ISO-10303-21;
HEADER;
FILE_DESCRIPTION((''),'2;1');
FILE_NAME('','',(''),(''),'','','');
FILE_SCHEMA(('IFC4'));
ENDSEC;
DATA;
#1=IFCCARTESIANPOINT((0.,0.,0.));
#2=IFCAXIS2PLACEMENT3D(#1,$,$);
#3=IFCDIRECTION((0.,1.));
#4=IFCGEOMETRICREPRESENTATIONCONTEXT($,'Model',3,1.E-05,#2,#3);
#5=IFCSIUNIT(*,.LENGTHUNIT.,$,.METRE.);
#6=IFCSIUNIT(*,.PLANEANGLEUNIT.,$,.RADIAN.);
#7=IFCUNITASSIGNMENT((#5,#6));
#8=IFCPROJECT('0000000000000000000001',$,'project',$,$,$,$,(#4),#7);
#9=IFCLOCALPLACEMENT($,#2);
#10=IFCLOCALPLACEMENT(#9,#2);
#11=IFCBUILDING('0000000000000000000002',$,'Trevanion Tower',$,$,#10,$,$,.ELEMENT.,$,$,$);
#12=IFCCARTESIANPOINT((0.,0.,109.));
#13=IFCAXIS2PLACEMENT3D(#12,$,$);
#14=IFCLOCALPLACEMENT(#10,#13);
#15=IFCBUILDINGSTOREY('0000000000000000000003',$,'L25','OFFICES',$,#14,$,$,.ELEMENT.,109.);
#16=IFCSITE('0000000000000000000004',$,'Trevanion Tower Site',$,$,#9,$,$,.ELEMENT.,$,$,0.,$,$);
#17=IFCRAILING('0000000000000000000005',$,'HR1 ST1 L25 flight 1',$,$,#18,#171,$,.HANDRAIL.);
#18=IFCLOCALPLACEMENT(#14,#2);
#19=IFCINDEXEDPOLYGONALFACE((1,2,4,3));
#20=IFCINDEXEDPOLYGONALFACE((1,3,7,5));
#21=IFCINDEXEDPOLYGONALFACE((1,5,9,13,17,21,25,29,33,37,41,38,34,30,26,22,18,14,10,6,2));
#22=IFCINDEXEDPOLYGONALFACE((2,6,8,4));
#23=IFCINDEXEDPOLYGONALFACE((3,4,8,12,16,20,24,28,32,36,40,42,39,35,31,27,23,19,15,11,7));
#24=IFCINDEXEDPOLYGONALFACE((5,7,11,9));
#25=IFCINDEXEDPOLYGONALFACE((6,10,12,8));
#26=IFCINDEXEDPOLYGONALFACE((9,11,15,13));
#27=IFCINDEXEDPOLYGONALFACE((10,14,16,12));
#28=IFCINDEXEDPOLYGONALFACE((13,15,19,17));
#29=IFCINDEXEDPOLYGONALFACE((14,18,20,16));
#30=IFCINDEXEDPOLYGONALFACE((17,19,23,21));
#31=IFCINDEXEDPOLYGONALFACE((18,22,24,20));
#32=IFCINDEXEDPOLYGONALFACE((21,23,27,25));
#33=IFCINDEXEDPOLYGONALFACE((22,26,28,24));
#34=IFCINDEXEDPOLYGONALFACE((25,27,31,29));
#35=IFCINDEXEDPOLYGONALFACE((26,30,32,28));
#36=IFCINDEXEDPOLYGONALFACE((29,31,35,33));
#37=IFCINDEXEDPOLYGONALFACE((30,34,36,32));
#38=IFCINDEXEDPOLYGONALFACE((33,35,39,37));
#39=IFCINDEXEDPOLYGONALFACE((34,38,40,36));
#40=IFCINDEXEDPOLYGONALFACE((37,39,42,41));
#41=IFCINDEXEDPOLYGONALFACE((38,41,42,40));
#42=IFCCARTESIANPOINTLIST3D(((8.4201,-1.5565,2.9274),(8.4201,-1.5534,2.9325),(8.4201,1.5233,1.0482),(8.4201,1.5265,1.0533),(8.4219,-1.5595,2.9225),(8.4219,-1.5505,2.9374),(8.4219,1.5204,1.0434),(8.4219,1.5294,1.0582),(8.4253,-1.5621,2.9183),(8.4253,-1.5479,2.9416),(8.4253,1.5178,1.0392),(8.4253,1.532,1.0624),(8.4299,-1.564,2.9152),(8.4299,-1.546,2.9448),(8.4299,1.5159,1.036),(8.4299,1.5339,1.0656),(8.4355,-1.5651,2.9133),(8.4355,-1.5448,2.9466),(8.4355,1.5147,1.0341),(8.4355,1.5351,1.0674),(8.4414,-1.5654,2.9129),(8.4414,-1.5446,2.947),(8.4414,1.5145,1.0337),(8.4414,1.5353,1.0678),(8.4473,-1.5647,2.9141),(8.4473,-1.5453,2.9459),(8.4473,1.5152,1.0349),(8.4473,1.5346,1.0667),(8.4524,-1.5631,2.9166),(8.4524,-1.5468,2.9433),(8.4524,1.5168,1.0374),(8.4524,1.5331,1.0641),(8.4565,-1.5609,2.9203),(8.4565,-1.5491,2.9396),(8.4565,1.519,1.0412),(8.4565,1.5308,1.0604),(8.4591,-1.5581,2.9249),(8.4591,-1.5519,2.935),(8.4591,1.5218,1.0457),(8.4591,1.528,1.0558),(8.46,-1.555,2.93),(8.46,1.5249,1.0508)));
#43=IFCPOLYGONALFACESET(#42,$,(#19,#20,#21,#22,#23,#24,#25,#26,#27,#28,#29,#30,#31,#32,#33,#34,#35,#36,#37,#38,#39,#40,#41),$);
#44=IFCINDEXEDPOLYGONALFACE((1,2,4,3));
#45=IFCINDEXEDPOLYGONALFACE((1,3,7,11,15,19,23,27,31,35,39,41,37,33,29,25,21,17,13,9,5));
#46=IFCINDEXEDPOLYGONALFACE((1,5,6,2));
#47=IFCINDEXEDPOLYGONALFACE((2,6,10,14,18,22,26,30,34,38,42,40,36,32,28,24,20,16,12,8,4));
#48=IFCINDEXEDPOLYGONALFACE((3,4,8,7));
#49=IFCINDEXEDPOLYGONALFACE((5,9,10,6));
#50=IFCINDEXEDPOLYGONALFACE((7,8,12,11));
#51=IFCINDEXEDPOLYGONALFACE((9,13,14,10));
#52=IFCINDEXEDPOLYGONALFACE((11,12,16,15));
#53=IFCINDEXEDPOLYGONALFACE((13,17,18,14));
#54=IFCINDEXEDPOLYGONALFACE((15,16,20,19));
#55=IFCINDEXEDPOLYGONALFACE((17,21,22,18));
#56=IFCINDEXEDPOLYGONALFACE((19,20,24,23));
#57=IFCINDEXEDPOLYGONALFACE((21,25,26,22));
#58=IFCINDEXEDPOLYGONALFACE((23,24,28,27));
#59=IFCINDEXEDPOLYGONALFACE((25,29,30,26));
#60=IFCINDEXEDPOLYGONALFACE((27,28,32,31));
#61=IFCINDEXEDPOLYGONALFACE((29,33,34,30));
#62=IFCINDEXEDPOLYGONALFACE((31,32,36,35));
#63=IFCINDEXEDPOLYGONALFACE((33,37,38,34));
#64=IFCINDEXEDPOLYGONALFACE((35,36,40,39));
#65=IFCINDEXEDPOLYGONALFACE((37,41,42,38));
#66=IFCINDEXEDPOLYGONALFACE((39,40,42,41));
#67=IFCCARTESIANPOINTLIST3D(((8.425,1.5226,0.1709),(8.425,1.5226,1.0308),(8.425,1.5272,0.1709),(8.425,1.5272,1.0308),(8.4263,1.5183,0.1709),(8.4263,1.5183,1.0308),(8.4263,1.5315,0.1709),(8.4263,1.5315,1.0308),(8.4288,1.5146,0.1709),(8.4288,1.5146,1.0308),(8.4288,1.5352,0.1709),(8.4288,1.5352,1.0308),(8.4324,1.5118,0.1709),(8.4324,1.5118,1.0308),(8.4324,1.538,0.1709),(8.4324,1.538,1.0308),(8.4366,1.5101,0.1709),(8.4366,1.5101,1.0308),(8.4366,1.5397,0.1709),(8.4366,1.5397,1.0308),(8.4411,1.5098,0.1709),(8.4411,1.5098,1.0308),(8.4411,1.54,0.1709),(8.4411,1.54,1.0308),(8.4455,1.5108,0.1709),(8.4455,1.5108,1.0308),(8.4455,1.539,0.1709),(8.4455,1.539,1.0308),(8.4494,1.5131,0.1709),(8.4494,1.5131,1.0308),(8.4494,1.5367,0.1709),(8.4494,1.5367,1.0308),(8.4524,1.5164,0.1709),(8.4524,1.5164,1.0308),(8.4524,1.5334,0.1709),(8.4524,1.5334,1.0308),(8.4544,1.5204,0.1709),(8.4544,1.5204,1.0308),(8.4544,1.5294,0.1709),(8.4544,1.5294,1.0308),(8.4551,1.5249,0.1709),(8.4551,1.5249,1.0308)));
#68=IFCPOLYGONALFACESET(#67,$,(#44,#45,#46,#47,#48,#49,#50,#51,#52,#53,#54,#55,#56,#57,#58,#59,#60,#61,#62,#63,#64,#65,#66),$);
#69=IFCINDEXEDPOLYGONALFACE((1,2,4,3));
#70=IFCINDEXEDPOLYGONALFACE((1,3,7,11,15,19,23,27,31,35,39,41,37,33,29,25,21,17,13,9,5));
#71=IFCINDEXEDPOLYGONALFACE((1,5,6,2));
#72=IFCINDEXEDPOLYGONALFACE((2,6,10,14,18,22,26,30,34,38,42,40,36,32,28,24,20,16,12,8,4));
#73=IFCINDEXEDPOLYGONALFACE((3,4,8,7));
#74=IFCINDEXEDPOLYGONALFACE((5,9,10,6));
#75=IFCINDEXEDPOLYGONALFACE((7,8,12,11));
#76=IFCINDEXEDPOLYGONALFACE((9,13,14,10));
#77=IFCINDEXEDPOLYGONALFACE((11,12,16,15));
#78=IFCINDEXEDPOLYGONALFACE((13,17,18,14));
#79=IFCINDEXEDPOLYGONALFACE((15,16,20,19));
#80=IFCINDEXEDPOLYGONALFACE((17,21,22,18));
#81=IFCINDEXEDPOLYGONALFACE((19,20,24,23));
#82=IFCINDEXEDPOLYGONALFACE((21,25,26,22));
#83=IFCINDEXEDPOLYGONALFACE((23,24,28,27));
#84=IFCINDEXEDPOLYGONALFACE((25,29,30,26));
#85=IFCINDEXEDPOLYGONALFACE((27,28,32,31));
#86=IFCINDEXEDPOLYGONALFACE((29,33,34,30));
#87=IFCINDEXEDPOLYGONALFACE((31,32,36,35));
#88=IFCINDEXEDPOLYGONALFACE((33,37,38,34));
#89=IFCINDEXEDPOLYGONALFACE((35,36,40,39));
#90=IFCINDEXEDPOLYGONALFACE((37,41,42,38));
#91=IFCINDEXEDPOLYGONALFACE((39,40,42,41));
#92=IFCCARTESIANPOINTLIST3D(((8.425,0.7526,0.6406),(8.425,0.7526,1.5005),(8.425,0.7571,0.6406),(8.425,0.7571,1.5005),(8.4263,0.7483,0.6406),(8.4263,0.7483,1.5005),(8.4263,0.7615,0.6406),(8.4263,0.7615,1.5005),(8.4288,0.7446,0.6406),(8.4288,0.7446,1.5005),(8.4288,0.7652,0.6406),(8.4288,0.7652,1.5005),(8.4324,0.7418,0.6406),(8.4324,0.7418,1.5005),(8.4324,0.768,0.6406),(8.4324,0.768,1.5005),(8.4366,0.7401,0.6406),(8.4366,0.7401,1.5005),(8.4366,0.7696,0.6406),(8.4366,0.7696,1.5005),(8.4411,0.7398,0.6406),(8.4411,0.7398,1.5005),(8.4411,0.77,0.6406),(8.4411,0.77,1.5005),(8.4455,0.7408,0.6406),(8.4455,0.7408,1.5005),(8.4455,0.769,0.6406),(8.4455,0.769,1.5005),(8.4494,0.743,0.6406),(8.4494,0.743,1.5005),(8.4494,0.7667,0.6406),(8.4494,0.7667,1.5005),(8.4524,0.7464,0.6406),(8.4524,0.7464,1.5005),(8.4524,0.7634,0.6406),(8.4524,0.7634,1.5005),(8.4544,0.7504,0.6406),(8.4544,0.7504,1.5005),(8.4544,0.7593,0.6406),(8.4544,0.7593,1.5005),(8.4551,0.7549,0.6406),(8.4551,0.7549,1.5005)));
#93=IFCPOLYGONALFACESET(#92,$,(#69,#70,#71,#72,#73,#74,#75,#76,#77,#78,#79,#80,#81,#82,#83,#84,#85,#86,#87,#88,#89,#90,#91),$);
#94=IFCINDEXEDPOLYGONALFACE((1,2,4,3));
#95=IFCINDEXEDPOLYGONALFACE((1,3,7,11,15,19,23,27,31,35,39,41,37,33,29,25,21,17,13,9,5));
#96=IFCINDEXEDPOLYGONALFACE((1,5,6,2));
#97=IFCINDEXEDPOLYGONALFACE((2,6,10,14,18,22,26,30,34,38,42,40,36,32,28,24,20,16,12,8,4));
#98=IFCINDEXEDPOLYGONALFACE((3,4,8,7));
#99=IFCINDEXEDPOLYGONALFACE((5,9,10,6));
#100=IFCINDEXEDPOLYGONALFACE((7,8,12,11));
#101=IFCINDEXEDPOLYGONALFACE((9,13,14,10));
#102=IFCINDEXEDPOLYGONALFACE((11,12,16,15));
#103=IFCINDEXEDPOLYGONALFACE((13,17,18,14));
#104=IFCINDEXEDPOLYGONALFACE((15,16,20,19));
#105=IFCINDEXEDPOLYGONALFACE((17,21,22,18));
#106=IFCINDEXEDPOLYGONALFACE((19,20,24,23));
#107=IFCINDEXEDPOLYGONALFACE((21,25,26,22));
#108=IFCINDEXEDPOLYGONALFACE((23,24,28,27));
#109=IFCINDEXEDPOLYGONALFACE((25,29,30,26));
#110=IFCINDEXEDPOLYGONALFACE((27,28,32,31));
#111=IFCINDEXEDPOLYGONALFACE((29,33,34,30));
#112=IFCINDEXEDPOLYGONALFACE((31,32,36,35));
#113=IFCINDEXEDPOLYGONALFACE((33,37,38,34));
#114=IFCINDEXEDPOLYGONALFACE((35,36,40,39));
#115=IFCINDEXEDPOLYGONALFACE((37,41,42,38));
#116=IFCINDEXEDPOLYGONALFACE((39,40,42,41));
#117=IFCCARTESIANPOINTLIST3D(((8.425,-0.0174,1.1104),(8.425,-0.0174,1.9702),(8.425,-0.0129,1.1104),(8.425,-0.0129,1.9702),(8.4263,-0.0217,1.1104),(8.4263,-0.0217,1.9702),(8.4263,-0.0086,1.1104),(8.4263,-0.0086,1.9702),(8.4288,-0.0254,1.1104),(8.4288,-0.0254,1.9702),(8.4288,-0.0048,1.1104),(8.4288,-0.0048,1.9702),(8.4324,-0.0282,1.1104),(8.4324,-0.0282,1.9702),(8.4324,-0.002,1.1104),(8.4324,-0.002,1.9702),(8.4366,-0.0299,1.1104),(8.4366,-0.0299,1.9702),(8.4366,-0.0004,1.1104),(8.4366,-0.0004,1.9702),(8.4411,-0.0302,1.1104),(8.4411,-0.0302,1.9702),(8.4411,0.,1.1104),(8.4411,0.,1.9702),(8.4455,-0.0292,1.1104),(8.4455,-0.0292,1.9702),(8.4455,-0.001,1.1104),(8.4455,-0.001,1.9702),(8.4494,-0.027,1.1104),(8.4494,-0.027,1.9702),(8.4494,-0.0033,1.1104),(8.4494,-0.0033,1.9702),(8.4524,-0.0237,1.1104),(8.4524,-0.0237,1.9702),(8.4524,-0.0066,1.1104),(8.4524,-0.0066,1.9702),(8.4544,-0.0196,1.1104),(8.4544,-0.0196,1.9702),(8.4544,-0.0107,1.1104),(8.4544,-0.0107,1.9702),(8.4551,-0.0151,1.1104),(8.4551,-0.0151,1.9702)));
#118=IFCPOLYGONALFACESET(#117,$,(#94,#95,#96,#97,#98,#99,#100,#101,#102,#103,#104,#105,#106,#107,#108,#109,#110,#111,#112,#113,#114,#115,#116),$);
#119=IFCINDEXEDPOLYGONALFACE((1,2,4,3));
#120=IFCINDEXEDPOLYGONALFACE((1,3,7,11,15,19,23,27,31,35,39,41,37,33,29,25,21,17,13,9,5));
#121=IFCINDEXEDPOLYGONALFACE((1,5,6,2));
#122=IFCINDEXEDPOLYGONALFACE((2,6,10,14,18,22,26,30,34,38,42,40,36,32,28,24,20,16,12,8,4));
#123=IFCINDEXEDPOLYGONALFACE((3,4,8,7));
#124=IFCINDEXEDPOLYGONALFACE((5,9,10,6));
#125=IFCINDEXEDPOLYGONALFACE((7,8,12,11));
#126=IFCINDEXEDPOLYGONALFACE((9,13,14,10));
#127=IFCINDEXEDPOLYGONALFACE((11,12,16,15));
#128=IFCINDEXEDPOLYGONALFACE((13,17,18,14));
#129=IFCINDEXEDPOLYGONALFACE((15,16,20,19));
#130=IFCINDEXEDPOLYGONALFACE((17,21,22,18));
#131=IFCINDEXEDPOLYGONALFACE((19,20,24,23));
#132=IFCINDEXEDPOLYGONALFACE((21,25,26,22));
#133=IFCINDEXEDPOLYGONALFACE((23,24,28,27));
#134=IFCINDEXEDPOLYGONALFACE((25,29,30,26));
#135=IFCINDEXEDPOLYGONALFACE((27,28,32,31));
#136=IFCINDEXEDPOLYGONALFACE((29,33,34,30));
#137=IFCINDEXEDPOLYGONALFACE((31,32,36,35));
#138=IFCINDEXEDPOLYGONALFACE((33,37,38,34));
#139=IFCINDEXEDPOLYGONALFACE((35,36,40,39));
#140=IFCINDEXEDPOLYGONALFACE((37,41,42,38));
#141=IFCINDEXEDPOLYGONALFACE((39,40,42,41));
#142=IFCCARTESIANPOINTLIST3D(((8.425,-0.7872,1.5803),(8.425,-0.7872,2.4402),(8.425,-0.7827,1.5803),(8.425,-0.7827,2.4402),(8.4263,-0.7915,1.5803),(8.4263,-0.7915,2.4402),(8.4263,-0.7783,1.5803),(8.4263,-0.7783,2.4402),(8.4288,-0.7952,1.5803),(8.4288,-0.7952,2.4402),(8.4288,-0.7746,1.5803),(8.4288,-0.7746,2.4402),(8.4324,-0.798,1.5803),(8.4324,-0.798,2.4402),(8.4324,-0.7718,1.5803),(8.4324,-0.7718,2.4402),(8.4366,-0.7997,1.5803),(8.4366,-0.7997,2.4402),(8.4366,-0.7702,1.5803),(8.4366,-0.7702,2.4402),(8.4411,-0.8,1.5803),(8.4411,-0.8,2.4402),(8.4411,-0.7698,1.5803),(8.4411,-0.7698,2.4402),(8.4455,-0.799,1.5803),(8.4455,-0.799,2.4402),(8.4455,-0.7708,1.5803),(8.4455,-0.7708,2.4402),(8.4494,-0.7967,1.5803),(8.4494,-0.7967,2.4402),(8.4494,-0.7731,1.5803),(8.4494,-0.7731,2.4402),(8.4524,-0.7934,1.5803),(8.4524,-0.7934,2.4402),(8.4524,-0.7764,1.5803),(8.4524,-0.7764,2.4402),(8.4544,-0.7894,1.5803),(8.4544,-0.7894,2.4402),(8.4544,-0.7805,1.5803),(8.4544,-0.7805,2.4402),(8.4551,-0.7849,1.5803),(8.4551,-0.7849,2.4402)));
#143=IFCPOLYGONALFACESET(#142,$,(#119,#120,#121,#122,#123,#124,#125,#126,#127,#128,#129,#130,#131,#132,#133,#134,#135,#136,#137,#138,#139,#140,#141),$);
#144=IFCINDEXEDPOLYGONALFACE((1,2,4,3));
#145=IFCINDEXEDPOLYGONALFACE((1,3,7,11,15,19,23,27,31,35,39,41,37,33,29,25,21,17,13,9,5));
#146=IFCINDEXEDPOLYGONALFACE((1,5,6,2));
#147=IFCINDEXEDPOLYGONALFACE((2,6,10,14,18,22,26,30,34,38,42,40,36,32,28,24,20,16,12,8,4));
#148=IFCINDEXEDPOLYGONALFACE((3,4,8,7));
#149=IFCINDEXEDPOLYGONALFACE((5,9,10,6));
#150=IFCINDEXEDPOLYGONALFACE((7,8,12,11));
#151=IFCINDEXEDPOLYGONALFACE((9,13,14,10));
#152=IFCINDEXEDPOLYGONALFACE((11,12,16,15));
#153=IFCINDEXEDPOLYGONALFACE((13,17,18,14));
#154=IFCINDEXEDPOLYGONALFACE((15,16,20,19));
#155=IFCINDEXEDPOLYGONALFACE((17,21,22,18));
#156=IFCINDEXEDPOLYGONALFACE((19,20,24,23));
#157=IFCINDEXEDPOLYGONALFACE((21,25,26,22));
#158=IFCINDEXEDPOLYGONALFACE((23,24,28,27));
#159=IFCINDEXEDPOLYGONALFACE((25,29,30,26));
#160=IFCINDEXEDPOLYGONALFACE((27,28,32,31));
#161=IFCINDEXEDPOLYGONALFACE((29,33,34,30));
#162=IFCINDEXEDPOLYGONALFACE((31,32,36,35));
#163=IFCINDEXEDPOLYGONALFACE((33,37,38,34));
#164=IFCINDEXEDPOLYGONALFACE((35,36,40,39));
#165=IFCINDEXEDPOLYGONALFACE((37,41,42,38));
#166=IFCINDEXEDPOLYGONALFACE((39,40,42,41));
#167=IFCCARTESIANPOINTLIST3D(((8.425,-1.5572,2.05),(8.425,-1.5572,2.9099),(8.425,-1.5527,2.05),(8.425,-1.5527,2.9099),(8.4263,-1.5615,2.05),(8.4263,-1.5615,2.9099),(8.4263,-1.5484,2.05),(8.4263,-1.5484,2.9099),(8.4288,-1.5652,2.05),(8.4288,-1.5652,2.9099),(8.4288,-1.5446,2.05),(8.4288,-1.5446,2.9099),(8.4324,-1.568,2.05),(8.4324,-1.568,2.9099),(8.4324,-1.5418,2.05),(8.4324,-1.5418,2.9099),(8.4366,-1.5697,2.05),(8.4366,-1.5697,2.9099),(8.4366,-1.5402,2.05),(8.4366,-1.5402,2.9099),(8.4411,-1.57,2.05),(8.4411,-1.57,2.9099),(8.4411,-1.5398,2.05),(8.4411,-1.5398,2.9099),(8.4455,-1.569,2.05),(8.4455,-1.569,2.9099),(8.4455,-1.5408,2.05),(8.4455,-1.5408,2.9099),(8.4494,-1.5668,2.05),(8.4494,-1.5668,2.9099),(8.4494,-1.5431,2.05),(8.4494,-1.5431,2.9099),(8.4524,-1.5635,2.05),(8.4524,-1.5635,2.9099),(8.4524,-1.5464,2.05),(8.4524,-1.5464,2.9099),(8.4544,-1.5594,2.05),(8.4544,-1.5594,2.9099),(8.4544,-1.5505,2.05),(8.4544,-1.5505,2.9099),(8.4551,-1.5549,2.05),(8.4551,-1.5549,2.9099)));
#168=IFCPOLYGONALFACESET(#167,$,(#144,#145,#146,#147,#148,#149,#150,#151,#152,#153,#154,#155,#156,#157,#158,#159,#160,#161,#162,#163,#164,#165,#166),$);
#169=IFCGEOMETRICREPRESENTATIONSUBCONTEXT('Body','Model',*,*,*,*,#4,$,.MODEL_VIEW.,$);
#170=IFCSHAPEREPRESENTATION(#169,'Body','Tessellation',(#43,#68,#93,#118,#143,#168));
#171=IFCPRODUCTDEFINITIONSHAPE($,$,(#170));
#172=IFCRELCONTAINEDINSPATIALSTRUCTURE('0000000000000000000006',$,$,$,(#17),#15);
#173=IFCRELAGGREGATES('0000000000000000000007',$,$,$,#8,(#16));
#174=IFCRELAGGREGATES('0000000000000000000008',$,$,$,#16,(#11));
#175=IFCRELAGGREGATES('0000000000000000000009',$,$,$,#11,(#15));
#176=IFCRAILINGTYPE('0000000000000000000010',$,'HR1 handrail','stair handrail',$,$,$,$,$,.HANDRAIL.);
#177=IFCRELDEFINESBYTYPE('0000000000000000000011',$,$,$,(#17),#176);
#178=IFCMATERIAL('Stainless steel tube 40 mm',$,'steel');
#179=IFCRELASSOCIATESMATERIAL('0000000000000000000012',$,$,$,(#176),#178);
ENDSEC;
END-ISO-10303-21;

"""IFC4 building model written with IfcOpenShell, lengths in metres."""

from ifc_helpers import new_model, si_unit, direction, frame, origin, origin_2d, place, context, subcontext, project, spatial, circle, extrude, material, type_object, element, save


model = new_model("IFC4")

# Units and contexts
model_context = context("Model", 3, precision=1e-05, world=origin(), true_north=direction((0.0, 1.0)))
body_context = subcontext(model_context, "Body", "Model", "MODEL_VIEW")
ifc_project = project(units=[si_unit("LENGTHUNIT", "METRE"), si_unit("PLANEANGLEUNIT", "RADIAN")], contexts=[model_context])

# Site, building, storey
site_placement = place(None, origin())
site = spatial("IfcSite", under=ifc_project, at=site_placement, Name="Trevanion Tower Site", CompositionType="ELEMENT", RefElevation=0.0)
building_placement = place(site_placement, origin())
building = spatial("IfcBuilding", under=site, at=building_placement, Name="Trevanion Tower", CompositionType="ELEMENT")
storey_placement = place(building_placement, frame((0.0, 0.0, 109.0)))
storey = spatial("IfcBuildingStorey", under=building, at=storey_placement, Name="L25", Description="OFFICES", CompositionType="ELEMENT", Elevation=109.0)

# Railing
ifc_material_1 = material(Name="Stainless steel tube 40 mm", Category="steel")
railing_type = type_object("IfcRailingType", Name="HR1 handrail", Description="stair handrail", PredefinedType="HANDRAIL", material=ifc_material_1)
for number, where, name in (
    (1, (8.4399, 1.5249, 0.1709), "HR1 ST1 L25 flight 1"),
):
    element("IfcRailing", number, at=place(storey_placement, frame(where)), inside=storey, type_object=railing_type, Name=name, PredefinedType="HANDRAIL", context=body_context, shape_type="SweptSolid", body=[
        extrude(circle(Radius=0.02, at=origin_2d()), frame((0.0, 0.0, 0.8799), z_axis=(0.0, -0.853648, 0.52085), x_axis=(1.0, 0.0, 0.0)), (0.0, 0.0, 1.0), 3.6079),
        extrude(circle(Radius=0.0151, at=origin_2d()), origin(), (0.0, 0.0, 1.0), 0.8599),
        extrude(circle(Radius=0.0151, at=origin_2d()), frame((0.0, -0.77, 0.4697)), (0.0, 0.0, 1.0), 0.8599),
        extrude(circle(Radius=0.0151, at=origin_2d()), frame((0.0, -1.54, 0.9395)), (0.0, 0.0, 1.0), 0.8599),
        extrude(circle(Radius=0.0151, at=origin_2d()), frame((0.0, -2.3098, 1.4094)), (0.0, 0.0, 1.0), 0.8599),
        extrude(circle(Radius=0.0151, at=origin_2d()), frame((0.0, -3.0798, 1.8792)), (0.0, 0.0, 1.0), 0.8599),
    ])

save(model, "model.ifc")
